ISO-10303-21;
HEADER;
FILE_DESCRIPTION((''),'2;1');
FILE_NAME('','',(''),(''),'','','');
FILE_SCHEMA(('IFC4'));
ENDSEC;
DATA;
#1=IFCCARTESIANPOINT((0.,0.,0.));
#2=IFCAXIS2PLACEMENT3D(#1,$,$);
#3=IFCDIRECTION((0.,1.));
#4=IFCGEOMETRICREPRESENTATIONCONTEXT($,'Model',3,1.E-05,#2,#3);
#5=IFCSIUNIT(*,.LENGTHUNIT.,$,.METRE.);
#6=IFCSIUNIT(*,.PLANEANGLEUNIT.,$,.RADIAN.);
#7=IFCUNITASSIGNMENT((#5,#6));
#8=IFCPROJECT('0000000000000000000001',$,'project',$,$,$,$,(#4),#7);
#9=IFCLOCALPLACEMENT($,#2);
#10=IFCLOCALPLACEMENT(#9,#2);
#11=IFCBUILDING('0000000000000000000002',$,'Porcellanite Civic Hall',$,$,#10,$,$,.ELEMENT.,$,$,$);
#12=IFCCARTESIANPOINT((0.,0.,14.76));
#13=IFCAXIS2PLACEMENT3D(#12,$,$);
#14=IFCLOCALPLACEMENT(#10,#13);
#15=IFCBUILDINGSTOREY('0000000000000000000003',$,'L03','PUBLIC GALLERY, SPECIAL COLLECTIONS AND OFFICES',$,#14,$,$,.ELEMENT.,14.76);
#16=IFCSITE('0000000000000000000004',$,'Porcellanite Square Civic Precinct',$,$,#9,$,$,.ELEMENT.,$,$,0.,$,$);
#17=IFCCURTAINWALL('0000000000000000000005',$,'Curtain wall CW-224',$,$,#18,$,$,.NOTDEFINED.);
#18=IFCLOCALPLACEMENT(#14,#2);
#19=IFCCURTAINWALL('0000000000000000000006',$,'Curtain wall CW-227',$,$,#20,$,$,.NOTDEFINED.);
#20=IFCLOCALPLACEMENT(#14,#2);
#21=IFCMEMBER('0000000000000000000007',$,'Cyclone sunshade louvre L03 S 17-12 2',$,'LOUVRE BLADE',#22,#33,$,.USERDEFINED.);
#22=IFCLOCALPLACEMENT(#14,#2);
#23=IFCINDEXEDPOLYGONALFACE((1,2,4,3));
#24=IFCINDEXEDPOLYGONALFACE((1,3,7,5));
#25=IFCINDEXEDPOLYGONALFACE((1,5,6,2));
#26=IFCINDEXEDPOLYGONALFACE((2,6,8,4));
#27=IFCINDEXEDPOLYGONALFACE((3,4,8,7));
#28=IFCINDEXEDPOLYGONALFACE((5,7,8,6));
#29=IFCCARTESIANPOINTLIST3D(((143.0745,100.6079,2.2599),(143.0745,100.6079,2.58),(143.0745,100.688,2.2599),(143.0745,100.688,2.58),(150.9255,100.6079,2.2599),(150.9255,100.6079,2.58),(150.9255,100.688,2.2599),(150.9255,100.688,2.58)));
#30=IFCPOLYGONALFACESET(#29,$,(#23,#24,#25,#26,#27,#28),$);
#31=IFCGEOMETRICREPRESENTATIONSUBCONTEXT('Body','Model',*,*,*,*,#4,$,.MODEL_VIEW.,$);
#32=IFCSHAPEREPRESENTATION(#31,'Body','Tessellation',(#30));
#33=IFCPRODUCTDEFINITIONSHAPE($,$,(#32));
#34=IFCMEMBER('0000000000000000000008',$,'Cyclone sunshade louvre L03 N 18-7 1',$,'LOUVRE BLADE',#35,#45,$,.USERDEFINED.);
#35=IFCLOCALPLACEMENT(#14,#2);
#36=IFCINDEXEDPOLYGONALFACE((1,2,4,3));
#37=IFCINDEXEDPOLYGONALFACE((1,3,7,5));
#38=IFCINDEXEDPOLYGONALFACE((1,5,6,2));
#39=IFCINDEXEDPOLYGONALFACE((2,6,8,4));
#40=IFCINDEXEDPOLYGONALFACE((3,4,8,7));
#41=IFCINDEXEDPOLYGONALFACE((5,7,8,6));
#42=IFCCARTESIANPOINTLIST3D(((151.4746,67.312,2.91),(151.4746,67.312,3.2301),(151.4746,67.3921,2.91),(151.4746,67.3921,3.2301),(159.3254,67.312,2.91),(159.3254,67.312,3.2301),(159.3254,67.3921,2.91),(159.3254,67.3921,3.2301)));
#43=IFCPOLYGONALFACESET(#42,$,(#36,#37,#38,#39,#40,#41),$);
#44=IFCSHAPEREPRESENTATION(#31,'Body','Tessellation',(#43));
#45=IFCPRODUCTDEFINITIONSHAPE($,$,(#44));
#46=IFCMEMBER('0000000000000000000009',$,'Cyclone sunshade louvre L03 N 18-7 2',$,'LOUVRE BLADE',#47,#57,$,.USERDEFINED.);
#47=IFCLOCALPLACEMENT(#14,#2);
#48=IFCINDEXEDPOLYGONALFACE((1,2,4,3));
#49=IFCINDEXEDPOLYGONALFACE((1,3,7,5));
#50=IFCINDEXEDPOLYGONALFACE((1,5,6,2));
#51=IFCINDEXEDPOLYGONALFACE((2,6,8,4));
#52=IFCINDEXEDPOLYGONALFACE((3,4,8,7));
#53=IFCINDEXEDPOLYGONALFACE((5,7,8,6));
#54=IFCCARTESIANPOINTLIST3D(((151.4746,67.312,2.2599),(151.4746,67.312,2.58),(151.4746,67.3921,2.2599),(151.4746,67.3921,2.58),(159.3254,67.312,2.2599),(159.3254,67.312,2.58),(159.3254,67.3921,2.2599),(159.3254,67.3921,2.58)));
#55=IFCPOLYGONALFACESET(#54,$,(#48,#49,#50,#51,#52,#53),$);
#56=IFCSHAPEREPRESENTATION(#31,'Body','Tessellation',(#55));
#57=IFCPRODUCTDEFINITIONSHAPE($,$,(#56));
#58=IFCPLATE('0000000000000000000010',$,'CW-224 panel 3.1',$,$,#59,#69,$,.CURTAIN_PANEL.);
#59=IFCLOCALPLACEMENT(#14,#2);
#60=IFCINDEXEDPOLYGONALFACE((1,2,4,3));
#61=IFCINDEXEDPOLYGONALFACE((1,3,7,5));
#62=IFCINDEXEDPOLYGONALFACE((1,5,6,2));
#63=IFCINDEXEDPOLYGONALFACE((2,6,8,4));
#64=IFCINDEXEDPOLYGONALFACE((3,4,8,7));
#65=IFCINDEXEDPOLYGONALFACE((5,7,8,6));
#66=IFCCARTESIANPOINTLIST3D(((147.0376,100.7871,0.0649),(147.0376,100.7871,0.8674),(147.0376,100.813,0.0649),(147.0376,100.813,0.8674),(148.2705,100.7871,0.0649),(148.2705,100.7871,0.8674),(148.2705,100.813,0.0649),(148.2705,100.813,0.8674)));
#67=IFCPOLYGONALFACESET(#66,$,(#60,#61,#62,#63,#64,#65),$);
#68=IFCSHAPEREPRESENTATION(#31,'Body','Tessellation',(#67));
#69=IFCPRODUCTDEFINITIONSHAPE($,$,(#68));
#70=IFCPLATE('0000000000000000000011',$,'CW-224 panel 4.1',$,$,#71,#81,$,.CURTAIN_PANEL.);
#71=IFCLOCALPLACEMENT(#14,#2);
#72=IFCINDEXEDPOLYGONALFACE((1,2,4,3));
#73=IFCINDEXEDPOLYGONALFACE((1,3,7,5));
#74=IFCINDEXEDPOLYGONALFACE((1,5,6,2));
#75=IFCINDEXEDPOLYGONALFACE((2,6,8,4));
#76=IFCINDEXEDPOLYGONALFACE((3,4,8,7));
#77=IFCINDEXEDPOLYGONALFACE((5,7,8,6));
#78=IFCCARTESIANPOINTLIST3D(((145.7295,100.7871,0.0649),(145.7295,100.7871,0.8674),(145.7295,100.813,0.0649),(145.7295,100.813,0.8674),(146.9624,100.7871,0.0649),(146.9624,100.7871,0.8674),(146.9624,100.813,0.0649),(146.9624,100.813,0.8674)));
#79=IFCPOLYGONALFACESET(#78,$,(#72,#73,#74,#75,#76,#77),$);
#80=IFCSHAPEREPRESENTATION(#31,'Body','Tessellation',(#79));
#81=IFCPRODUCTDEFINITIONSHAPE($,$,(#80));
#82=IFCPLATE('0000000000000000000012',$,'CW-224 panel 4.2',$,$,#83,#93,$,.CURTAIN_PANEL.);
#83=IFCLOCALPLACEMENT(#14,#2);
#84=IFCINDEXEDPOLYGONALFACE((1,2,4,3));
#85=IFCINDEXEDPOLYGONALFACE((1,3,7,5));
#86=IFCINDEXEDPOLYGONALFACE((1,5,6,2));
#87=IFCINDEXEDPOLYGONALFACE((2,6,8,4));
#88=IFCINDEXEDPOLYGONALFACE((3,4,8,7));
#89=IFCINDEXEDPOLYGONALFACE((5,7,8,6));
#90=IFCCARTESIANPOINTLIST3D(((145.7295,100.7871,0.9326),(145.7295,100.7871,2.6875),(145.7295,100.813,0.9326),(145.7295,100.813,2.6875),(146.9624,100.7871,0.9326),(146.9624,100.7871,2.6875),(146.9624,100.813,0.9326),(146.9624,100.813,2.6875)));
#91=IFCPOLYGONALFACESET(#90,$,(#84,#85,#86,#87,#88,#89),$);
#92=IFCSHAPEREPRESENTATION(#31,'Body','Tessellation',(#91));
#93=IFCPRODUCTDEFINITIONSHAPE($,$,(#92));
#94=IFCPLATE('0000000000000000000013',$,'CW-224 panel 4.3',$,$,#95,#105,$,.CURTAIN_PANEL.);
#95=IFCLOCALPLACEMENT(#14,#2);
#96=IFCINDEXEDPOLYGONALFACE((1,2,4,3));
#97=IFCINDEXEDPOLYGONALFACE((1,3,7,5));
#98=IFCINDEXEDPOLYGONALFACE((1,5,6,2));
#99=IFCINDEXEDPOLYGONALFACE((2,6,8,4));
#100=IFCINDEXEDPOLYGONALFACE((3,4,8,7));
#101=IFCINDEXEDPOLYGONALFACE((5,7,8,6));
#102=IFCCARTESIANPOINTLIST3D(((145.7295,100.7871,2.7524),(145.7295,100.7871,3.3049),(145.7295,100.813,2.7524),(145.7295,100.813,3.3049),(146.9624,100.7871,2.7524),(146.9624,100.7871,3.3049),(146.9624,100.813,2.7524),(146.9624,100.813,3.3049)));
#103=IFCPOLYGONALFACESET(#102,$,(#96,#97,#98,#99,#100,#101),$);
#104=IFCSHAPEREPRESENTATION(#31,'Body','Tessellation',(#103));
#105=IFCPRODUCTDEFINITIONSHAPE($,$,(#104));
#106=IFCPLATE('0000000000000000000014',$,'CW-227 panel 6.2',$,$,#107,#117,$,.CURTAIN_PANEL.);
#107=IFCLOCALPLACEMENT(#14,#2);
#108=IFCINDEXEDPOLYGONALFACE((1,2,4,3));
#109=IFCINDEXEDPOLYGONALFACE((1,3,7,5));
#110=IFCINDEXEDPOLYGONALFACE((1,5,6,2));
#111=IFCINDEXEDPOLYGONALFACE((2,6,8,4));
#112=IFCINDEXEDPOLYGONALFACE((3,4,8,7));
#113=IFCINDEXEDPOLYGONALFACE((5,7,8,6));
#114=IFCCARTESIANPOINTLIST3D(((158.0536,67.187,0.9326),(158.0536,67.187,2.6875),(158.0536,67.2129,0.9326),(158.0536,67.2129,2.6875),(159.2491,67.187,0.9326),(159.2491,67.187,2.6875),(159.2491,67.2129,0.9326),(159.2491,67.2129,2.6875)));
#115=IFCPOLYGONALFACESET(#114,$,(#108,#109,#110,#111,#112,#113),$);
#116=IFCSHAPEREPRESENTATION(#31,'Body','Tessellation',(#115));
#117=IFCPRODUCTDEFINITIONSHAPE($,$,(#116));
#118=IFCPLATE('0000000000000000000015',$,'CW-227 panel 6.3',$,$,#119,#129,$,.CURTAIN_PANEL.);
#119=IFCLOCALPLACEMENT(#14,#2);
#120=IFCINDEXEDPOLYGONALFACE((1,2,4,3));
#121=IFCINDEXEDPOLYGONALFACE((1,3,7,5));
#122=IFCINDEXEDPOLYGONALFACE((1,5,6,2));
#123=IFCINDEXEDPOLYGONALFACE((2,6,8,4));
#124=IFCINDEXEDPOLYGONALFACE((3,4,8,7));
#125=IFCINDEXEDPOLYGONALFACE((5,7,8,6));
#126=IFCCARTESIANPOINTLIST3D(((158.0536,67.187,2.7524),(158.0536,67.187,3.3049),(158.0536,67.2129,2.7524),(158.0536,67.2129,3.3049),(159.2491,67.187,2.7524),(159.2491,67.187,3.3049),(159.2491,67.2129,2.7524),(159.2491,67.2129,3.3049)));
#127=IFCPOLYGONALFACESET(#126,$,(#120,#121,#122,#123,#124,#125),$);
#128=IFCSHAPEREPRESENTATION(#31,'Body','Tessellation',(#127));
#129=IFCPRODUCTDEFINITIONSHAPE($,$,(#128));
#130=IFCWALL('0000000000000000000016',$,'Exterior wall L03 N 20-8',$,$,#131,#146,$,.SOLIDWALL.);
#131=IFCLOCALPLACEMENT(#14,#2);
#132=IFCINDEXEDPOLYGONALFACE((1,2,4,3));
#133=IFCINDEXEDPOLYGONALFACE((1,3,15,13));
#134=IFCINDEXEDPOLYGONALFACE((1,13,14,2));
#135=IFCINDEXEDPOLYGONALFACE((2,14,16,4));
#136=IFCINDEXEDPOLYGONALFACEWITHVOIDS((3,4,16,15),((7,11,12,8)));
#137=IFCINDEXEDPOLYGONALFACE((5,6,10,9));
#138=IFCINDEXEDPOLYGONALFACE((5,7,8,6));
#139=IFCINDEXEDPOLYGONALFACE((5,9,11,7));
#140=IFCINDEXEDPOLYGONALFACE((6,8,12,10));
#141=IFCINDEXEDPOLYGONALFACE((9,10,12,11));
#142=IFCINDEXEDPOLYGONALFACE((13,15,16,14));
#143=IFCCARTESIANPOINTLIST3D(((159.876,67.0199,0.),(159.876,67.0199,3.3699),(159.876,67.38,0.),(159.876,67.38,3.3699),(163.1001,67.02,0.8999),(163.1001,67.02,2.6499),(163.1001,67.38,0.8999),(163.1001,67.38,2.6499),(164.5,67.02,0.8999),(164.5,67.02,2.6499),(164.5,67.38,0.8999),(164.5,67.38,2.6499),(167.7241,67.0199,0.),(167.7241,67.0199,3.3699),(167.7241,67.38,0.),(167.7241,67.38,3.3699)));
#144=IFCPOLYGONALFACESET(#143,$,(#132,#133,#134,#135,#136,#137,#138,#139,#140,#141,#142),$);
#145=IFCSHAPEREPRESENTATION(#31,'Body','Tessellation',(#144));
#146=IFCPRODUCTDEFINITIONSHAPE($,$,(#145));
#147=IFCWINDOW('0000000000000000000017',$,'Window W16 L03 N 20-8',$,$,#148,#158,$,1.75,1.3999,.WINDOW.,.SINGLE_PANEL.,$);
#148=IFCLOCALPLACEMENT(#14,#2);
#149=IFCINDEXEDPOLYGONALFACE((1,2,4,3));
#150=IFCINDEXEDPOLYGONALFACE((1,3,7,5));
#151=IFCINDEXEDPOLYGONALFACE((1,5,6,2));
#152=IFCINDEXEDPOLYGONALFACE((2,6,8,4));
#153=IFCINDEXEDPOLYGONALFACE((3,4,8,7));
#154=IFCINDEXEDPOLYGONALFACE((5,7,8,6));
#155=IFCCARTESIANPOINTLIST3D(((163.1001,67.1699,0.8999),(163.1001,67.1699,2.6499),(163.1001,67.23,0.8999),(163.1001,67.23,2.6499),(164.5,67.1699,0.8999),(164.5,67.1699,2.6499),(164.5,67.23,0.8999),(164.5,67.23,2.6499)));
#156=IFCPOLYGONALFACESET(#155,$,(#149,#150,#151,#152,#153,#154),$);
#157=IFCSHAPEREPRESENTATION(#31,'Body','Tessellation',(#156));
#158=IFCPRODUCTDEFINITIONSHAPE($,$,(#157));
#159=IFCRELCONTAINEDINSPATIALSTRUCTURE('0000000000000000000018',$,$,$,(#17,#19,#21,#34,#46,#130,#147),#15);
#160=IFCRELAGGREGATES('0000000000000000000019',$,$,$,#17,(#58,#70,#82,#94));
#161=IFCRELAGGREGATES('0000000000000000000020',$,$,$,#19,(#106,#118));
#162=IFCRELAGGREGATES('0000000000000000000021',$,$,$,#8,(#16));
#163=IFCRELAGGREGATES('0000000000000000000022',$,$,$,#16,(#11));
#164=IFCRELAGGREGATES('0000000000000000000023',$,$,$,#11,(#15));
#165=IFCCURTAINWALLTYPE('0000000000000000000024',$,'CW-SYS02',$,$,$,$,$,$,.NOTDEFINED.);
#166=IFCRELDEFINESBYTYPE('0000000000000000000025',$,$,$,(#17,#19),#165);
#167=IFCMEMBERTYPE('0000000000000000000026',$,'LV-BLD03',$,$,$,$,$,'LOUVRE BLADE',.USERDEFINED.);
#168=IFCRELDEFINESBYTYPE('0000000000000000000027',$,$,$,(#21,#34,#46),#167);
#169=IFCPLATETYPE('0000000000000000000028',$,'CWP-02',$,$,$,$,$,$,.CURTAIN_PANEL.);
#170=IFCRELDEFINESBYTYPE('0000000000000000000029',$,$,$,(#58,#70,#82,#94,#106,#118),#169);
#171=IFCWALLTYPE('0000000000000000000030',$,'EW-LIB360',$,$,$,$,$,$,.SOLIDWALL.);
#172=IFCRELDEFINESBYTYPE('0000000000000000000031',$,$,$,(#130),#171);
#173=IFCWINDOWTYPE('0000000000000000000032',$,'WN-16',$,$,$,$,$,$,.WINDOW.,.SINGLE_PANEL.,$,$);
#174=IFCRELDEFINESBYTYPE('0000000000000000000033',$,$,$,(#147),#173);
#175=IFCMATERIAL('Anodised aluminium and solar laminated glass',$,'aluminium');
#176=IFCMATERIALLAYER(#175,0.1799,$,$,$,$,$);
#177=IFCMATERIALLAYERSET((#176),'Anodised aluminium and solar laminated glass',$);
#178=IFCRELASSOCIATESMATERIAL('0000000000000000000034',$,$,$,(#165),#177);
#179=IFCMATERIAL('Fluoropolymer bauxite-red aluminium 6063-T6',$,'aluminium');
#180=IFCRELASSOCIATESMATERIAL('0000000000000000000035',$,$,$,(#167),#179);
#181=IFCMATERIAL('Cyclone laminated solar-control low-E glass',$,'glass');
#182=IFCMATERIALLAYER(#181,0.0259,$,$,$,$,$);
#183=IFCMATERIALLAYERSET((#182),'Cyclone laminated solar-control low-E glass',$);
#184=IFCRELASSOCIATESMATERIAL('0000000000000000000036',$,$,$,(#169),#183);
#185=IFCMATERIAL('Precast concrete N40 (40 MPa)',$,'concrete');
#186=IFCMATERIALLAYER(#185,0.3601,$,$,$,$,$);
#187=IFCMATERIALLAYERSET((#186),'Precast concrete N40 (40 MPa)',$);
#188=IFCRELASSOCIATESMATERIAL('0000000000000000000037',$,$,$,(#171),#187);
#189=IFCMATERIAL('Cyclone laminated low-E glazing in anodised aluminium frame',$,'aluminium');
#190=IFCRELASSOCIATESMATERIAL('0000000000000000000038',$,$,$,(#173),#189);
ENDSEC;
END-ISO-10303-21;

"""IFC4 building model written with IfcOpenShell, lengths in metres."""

from ifc_helpers import new_model, si_unit, direction, frame, frame_2d, origin, origin_2d, place, context, subcontext, project, spatial, rectangle, extrude, material, layer, layer_set, material_profile, profile_set, type_object, element, fill, aggregate, save


model = new_model("IFC4")

# Units and contexts
model_context = context("Model", 3, precision=1e-05, world=origin(), true_north=direction((0.0, 1.0)))
body_context = subcontext(model_context, "Body", "Model", "MODEL_VIEW")
ifc_project = project(units=[si_unit("LENGTHUNIT", "METRE"), si_unit("PLANEANGLEUNIT", "RADIAN")], contexts=[model_context])

# Site, building, storey
site_placement = place(None, origin())
site = spatial("IfcSite", under=ifc_project, at=site_placement, Name="Porcellanite Square Civic Precinct", CompositionType="ELEMENT", RefElevation=0.0)
building_placement = place(site_placement, origin())
building = spatial("IfcBuilding", under=site, at=building_placement, Name="Porcellanite Civic Hall", CompositionType="ELEMENT")
storey_placement = place(building_placement, frame((0.0, 0.0, 14.76)))
storey = spatial("IfcBuildingStorey", under=building, at=storey_placement, Name="L03", Description="PUBLIC GALLERY, SPECIAL COLLECTIONS AND OFFICES", CompositionType="ELEMENT", Elevation=14.76)

# Curtain wall
ifc_material_1 = material(Name="Anodised aluminium and solar laminated glass", Category="aluminium")
ifc_layer_1 = layer(ifc_material_1, 0.1799)
ifc_layer_set_1 = layer_set([ifc_layer_1], Name="Anodised aluminium and solar laminated glass")
curtain_wall_type = type_object("IfcCurtainWallType", Name="CW-SYS02", PredefinedType="NOTDEFINED", material=ifc_layer_set_1)
curtain_wall_1_placement = place(storey_placement, origin())
curtain_wall_1 = element("IfcCurtainWall", 1, at=curtain_wall_1_placement, inside=storey, type_object=curtain_wall_type, Name="Curtain wall CW-224", PredefinedType="NOTDEFINED")

# Curtain wall
curtain_wall_2_placement = place(storey_placement, origin())
curtain_wall_2 = element("IfcCurtainWall", 2, at=curtain_wall_2_placement, inside=storey, type_object=curtain_wall_type, Name="Curtain wall CW-227", PredefinedType="NOTDEFINED")

# Members
ifc_material_2 = material(Name="Fluoropolymer bauxite-red aluminium 6063-T6", Category="aluminium")
ifc_material_profile_1 = material_profile(ifc_material_2, rectangle(XDim=0.0801, YDim=0.3201, at=origin_2d()), Name="AL-80x320")
ifc_profile_set_1 = profile_set([ifc_material_profile_1], Name="Fluoropolymer bauxite-red aluminium 6063-T6")
member_type_1 = type_object("IfcMemberType", Name="LV-BLD03", ElementType="LOUVRE BLADE", PredefinedType="USERDEFINED", material=ifc_profile_set_1)
for number, where, z_axis, x_axis, name in (
    (3, (150.9255, 100.6479, 2.4199), (-1.0, 0.0, 0.0), (0.0, -1.0, 0.0), "Cyclone sunshade louvre L03 S 17-12 2"),
):
    element("IfcMember", number, at=place(storey_placement, frame(where, z_axis=z_axis, x_axis=x_axis)), inside=storey, type_object=member_type_1, Name=name, ObjectType="LOUVRE BLADE", PredefinedType="USERDEFINED", context=body_context, shape_type="SweptSolid", body=[
        extrude(rectangle(XDim=0.0801, YDim=0.3201, at=origin_2d()), origin(), (0.0, 0.0, 1.0), 7.8511),
    ])
for number, where, z_axis, x_axis, name in (
    (4, (151.4746, 67.3521, 3.0701), (1.0, 0.0, 0.0), (0.0, 1.0, 0.0), "Cyclone sunshade louvre L03 N 18-7 1"),
    (5, (151.4746, 67.3521, 2.4199), (1.0, 0.0, 0.0), (0.0, 1.0, 0.0), "Cyclone sunshade louvre L03 N 18-7 2"),
):
    element("IfcMember", number, at=place(storey_placement, frame(where, z_axis=z_axis, x_axis=x_axis)), inside=storey, type_object=member_type_1, Name=name, ObjectType="LOUVRE BLADE", PredefinedType="USERDEFINED", context=body_context, shape_type="SweptSolid", body=[
        extrude(rectangle(XDim=0.0801, YDim=0.3201, at=origin_2d()), origin(), (0.0, 0.0, 1.0), 7.8508),
    ])

# Plates
ifc_material_3 = material(Name="Cyclone laminated solar-control low-E glass", Category="glass")
ifc_layer_2 = layer(ifc_material_3, 0.0259)
ifc_layer_set_2 = layer_set([ifc_layer_2], Name="Cyclone laminated solar-control low-E glass")
plate_type = type_object("IfcPlateType", Name="CWP-02", PredefinedType="CURTAIN_PANEL", material=ifc_layer_set_2)
plate_1_placement = place(storey_placement, frame((147.6541, 100.8, 0.0649), z_axis=(0.0, 0.0, 1.0), x_axis=(-1.0, 0.0, 0.0)))
plate_1 = element("IfcPlate", 6, at=plate_1_placement, type_object=plate_type, Name="CW-224 panel 3.1", PredefinedType="CURTAIN_PANEL", context=body_context, shape_type="SweptSolid", body=[
    extrude(rectangle(XDim=1.2329, YDim=0.0259, at=origin_2d()), origin(), (0.0, 0.0, 1.0), 0.8025),
])
plate_2_placement = place(storey_placement, frame((146.3459, 100.8, 0.0649), z_axis=(0.0, 0.0, 1.0), x_axis=(-1.0, 0.0, 0.0)))
plate_2 = element("IfcPlate", 7, at=plate_2_placement, type_object=plate_type, Name="CW-224 panel 4.1", PredefinedType="CURTAIN_PANEL", context=body_context, shape_type="SweptSolid", body=[
    extrude(rectangle(XDim=1.2329, YDim=0.0259, at=origin_2d()), origin(), (0.0, 0.0, 1.0), 0.8025),
])
plate_3_placement = place(storey_placement, frame((146.3459, 100.8, 0.9326), z_axis=(0.0, 0.0, 1.0), x_axis=(-1.0, 0.0, 0.0)))
plate_3 = element("IfcPlate", 8, at=plate_3_placement, type_object=plate_type, Name="CW-224 panel 4.2", PredefinedType="CURTAIN_PANEL", context=body_context, shape_type="SweptSolid", body=[
    extrude(rectangle(XDim=1.2329, YDim=0.0259, at=origin_2d()), origin(), (0.0, 0.0, 1.0), 1.7549),
])
plate_4_placement = place(storey_placement, frame((146.3459, 100.8, 2.7524), z_axis=(0.0, 0.0, 1.0), x_axis=(-1.0, 0.0, 0.0)))
plate_4 = element("IfcPlate", 9, at=plate_4_placement, type_object=plate_type, Name="CW-224 panel 4.3", PredefinedType="CURTAIN_PANEL", context=body_context, shape_type="SweptSolid", body=[
    extrude(rectangle(XDim=1.2329, YDim=0.0259, at=origin_2d()), origin(), (0.0, 0.0, 1.0), 0.5525),
])
aggregate(curtain_wall_1, [plate_1, plate_2, plate_3, plate_4])
plate_5_placement = place(storey_placement, frame((158.6514, 67.2, 0.9326), z_axis=(0.0, 0.0, 1.0), x_axis=(1.0, 0.0, 0.0)))
plate_5 = element("IfcPlate", 10, at=plate_5_placement, type_object=plate_type, Name="CW-227 panel 6.2", PredefinedType="CURTAIN_PANEL", context=body_context, shape_type="SweptSolid", body=[
    extrude(rectangle(XDim=1.1956, YDim=0.0259, at=origin_2d()), origin(), (0.0, 0.0, 1.0), 1.7549),
])
plate_6_placement = place(storey_placement, frame((158.6514, 67.2, 2.7524), z_axis=(0.0, 0.0, 1.0), x_axis=(1.0, 0.0, 0.0)))
plate_6 = element("IfcPlate", 11, at=plate_6_placement, type_object=plate_type, Name="CW-227 panel 6.3", PredefinedType="CURTAIN_PANEL", context=body_context, shape_type="SweptSolid", body=[
    extrude(rectangle(XDim=1.1956, YDim=0.0259, at=origin_2d()), origin(), (0.0, 0.0, 1.0), 0.5525),
])
aggregate(curtain_wall_2, [plate_5, plate_6])

# Wall, opening, window
ifc_material_4 = material(Name="Precast concrete N40 (40 MPa)", Category="concrete")
ifc_layer_3 = layer(ifc_material_4, 0.3601)
ifc_layer_set_3 = layer_set([ifc_layer_3], Name="Precast concrete N40 (40 MPa)")
wall_type = type_object("IfcWallType", Name="EW-LIB360", PredefinedType="SOLIDWALL", material=ifc_layer_set_3)
wall_placement = place(storey_placement, frame((159.876, 67.2, 0.0), z_axis=(0.0, 0.0, 1.0), x_axis=(1.0, 0.0, 0.0)))
wall = element("IfcWall", 12, at=wall_placement, inside=storey, type_object=wall_type, Name="Exterior wall L03 N 20-8", PredefinedType="SOLIDWALL", context=body_context, shape_type="SweptSolid", body=[
    extrude(rectangle(XDim=7.8481, YDim=0.3601, at=frame_2d((3.9241, 0.0))), origin(), (0.0, 0.0, 1.0), 3.3699),
])
opening_placement = place(wall_placement, frame((3.2241, 0.0, 0.8999)))
opening = element("IfcOpeningElement", 13, at=opening_placement, cuts=wall, PredefinedType="OPENING", context=body_context, shape_type="SweptSolid", body=[
    extrude(rectangle(XDim=1.3999, YDim=1.75, at=frame_2d((0.7, 0.875))), frame((0.0, 0.1802, 0.0), z_axis=(0.0, -1.0, 0.0), x_axis=(1.0, 0.0, 0.0)), (0.0, 0.0, 1.0), 0.3601),
])
ifc_material_5 = material(Name="Cyclone laminated low-E glazing in anodised aluminium frame", Category="aluminium")
window_type = type_object("IfcWindowType", Name="WN-16", PartitioningType="SINGLE_PANEL", PredefinedType="WINDOW", material=ifc_material_5)
window_placement = place(opening_placement, origin())
window = element("IfcWindow", 14, at=window_placement, inside=storey, type_object=window_type, Name="Window W16 L03 N 20-8", OverallHeight=1.75, OverallWidth=1.3999, PartitioningType="SINGLE_PANEL", PredefinedType="WINDOW", context=body_context, shape_type="SweptSolid", body=[
    extrude(rectangle(XDim=1.3999, YDim=1.75, at=frame_2d((0.7, 0.875))), frame((0.0, 0.03, 0.0), z_axis=(0.0, -1.0, 0.0), x_axis=(1.0, 0.0, 0.0)), (0.0, 0.0, 1.0), 0.0601),
])
fill(opening, window)

save(model, "model.ifc")
